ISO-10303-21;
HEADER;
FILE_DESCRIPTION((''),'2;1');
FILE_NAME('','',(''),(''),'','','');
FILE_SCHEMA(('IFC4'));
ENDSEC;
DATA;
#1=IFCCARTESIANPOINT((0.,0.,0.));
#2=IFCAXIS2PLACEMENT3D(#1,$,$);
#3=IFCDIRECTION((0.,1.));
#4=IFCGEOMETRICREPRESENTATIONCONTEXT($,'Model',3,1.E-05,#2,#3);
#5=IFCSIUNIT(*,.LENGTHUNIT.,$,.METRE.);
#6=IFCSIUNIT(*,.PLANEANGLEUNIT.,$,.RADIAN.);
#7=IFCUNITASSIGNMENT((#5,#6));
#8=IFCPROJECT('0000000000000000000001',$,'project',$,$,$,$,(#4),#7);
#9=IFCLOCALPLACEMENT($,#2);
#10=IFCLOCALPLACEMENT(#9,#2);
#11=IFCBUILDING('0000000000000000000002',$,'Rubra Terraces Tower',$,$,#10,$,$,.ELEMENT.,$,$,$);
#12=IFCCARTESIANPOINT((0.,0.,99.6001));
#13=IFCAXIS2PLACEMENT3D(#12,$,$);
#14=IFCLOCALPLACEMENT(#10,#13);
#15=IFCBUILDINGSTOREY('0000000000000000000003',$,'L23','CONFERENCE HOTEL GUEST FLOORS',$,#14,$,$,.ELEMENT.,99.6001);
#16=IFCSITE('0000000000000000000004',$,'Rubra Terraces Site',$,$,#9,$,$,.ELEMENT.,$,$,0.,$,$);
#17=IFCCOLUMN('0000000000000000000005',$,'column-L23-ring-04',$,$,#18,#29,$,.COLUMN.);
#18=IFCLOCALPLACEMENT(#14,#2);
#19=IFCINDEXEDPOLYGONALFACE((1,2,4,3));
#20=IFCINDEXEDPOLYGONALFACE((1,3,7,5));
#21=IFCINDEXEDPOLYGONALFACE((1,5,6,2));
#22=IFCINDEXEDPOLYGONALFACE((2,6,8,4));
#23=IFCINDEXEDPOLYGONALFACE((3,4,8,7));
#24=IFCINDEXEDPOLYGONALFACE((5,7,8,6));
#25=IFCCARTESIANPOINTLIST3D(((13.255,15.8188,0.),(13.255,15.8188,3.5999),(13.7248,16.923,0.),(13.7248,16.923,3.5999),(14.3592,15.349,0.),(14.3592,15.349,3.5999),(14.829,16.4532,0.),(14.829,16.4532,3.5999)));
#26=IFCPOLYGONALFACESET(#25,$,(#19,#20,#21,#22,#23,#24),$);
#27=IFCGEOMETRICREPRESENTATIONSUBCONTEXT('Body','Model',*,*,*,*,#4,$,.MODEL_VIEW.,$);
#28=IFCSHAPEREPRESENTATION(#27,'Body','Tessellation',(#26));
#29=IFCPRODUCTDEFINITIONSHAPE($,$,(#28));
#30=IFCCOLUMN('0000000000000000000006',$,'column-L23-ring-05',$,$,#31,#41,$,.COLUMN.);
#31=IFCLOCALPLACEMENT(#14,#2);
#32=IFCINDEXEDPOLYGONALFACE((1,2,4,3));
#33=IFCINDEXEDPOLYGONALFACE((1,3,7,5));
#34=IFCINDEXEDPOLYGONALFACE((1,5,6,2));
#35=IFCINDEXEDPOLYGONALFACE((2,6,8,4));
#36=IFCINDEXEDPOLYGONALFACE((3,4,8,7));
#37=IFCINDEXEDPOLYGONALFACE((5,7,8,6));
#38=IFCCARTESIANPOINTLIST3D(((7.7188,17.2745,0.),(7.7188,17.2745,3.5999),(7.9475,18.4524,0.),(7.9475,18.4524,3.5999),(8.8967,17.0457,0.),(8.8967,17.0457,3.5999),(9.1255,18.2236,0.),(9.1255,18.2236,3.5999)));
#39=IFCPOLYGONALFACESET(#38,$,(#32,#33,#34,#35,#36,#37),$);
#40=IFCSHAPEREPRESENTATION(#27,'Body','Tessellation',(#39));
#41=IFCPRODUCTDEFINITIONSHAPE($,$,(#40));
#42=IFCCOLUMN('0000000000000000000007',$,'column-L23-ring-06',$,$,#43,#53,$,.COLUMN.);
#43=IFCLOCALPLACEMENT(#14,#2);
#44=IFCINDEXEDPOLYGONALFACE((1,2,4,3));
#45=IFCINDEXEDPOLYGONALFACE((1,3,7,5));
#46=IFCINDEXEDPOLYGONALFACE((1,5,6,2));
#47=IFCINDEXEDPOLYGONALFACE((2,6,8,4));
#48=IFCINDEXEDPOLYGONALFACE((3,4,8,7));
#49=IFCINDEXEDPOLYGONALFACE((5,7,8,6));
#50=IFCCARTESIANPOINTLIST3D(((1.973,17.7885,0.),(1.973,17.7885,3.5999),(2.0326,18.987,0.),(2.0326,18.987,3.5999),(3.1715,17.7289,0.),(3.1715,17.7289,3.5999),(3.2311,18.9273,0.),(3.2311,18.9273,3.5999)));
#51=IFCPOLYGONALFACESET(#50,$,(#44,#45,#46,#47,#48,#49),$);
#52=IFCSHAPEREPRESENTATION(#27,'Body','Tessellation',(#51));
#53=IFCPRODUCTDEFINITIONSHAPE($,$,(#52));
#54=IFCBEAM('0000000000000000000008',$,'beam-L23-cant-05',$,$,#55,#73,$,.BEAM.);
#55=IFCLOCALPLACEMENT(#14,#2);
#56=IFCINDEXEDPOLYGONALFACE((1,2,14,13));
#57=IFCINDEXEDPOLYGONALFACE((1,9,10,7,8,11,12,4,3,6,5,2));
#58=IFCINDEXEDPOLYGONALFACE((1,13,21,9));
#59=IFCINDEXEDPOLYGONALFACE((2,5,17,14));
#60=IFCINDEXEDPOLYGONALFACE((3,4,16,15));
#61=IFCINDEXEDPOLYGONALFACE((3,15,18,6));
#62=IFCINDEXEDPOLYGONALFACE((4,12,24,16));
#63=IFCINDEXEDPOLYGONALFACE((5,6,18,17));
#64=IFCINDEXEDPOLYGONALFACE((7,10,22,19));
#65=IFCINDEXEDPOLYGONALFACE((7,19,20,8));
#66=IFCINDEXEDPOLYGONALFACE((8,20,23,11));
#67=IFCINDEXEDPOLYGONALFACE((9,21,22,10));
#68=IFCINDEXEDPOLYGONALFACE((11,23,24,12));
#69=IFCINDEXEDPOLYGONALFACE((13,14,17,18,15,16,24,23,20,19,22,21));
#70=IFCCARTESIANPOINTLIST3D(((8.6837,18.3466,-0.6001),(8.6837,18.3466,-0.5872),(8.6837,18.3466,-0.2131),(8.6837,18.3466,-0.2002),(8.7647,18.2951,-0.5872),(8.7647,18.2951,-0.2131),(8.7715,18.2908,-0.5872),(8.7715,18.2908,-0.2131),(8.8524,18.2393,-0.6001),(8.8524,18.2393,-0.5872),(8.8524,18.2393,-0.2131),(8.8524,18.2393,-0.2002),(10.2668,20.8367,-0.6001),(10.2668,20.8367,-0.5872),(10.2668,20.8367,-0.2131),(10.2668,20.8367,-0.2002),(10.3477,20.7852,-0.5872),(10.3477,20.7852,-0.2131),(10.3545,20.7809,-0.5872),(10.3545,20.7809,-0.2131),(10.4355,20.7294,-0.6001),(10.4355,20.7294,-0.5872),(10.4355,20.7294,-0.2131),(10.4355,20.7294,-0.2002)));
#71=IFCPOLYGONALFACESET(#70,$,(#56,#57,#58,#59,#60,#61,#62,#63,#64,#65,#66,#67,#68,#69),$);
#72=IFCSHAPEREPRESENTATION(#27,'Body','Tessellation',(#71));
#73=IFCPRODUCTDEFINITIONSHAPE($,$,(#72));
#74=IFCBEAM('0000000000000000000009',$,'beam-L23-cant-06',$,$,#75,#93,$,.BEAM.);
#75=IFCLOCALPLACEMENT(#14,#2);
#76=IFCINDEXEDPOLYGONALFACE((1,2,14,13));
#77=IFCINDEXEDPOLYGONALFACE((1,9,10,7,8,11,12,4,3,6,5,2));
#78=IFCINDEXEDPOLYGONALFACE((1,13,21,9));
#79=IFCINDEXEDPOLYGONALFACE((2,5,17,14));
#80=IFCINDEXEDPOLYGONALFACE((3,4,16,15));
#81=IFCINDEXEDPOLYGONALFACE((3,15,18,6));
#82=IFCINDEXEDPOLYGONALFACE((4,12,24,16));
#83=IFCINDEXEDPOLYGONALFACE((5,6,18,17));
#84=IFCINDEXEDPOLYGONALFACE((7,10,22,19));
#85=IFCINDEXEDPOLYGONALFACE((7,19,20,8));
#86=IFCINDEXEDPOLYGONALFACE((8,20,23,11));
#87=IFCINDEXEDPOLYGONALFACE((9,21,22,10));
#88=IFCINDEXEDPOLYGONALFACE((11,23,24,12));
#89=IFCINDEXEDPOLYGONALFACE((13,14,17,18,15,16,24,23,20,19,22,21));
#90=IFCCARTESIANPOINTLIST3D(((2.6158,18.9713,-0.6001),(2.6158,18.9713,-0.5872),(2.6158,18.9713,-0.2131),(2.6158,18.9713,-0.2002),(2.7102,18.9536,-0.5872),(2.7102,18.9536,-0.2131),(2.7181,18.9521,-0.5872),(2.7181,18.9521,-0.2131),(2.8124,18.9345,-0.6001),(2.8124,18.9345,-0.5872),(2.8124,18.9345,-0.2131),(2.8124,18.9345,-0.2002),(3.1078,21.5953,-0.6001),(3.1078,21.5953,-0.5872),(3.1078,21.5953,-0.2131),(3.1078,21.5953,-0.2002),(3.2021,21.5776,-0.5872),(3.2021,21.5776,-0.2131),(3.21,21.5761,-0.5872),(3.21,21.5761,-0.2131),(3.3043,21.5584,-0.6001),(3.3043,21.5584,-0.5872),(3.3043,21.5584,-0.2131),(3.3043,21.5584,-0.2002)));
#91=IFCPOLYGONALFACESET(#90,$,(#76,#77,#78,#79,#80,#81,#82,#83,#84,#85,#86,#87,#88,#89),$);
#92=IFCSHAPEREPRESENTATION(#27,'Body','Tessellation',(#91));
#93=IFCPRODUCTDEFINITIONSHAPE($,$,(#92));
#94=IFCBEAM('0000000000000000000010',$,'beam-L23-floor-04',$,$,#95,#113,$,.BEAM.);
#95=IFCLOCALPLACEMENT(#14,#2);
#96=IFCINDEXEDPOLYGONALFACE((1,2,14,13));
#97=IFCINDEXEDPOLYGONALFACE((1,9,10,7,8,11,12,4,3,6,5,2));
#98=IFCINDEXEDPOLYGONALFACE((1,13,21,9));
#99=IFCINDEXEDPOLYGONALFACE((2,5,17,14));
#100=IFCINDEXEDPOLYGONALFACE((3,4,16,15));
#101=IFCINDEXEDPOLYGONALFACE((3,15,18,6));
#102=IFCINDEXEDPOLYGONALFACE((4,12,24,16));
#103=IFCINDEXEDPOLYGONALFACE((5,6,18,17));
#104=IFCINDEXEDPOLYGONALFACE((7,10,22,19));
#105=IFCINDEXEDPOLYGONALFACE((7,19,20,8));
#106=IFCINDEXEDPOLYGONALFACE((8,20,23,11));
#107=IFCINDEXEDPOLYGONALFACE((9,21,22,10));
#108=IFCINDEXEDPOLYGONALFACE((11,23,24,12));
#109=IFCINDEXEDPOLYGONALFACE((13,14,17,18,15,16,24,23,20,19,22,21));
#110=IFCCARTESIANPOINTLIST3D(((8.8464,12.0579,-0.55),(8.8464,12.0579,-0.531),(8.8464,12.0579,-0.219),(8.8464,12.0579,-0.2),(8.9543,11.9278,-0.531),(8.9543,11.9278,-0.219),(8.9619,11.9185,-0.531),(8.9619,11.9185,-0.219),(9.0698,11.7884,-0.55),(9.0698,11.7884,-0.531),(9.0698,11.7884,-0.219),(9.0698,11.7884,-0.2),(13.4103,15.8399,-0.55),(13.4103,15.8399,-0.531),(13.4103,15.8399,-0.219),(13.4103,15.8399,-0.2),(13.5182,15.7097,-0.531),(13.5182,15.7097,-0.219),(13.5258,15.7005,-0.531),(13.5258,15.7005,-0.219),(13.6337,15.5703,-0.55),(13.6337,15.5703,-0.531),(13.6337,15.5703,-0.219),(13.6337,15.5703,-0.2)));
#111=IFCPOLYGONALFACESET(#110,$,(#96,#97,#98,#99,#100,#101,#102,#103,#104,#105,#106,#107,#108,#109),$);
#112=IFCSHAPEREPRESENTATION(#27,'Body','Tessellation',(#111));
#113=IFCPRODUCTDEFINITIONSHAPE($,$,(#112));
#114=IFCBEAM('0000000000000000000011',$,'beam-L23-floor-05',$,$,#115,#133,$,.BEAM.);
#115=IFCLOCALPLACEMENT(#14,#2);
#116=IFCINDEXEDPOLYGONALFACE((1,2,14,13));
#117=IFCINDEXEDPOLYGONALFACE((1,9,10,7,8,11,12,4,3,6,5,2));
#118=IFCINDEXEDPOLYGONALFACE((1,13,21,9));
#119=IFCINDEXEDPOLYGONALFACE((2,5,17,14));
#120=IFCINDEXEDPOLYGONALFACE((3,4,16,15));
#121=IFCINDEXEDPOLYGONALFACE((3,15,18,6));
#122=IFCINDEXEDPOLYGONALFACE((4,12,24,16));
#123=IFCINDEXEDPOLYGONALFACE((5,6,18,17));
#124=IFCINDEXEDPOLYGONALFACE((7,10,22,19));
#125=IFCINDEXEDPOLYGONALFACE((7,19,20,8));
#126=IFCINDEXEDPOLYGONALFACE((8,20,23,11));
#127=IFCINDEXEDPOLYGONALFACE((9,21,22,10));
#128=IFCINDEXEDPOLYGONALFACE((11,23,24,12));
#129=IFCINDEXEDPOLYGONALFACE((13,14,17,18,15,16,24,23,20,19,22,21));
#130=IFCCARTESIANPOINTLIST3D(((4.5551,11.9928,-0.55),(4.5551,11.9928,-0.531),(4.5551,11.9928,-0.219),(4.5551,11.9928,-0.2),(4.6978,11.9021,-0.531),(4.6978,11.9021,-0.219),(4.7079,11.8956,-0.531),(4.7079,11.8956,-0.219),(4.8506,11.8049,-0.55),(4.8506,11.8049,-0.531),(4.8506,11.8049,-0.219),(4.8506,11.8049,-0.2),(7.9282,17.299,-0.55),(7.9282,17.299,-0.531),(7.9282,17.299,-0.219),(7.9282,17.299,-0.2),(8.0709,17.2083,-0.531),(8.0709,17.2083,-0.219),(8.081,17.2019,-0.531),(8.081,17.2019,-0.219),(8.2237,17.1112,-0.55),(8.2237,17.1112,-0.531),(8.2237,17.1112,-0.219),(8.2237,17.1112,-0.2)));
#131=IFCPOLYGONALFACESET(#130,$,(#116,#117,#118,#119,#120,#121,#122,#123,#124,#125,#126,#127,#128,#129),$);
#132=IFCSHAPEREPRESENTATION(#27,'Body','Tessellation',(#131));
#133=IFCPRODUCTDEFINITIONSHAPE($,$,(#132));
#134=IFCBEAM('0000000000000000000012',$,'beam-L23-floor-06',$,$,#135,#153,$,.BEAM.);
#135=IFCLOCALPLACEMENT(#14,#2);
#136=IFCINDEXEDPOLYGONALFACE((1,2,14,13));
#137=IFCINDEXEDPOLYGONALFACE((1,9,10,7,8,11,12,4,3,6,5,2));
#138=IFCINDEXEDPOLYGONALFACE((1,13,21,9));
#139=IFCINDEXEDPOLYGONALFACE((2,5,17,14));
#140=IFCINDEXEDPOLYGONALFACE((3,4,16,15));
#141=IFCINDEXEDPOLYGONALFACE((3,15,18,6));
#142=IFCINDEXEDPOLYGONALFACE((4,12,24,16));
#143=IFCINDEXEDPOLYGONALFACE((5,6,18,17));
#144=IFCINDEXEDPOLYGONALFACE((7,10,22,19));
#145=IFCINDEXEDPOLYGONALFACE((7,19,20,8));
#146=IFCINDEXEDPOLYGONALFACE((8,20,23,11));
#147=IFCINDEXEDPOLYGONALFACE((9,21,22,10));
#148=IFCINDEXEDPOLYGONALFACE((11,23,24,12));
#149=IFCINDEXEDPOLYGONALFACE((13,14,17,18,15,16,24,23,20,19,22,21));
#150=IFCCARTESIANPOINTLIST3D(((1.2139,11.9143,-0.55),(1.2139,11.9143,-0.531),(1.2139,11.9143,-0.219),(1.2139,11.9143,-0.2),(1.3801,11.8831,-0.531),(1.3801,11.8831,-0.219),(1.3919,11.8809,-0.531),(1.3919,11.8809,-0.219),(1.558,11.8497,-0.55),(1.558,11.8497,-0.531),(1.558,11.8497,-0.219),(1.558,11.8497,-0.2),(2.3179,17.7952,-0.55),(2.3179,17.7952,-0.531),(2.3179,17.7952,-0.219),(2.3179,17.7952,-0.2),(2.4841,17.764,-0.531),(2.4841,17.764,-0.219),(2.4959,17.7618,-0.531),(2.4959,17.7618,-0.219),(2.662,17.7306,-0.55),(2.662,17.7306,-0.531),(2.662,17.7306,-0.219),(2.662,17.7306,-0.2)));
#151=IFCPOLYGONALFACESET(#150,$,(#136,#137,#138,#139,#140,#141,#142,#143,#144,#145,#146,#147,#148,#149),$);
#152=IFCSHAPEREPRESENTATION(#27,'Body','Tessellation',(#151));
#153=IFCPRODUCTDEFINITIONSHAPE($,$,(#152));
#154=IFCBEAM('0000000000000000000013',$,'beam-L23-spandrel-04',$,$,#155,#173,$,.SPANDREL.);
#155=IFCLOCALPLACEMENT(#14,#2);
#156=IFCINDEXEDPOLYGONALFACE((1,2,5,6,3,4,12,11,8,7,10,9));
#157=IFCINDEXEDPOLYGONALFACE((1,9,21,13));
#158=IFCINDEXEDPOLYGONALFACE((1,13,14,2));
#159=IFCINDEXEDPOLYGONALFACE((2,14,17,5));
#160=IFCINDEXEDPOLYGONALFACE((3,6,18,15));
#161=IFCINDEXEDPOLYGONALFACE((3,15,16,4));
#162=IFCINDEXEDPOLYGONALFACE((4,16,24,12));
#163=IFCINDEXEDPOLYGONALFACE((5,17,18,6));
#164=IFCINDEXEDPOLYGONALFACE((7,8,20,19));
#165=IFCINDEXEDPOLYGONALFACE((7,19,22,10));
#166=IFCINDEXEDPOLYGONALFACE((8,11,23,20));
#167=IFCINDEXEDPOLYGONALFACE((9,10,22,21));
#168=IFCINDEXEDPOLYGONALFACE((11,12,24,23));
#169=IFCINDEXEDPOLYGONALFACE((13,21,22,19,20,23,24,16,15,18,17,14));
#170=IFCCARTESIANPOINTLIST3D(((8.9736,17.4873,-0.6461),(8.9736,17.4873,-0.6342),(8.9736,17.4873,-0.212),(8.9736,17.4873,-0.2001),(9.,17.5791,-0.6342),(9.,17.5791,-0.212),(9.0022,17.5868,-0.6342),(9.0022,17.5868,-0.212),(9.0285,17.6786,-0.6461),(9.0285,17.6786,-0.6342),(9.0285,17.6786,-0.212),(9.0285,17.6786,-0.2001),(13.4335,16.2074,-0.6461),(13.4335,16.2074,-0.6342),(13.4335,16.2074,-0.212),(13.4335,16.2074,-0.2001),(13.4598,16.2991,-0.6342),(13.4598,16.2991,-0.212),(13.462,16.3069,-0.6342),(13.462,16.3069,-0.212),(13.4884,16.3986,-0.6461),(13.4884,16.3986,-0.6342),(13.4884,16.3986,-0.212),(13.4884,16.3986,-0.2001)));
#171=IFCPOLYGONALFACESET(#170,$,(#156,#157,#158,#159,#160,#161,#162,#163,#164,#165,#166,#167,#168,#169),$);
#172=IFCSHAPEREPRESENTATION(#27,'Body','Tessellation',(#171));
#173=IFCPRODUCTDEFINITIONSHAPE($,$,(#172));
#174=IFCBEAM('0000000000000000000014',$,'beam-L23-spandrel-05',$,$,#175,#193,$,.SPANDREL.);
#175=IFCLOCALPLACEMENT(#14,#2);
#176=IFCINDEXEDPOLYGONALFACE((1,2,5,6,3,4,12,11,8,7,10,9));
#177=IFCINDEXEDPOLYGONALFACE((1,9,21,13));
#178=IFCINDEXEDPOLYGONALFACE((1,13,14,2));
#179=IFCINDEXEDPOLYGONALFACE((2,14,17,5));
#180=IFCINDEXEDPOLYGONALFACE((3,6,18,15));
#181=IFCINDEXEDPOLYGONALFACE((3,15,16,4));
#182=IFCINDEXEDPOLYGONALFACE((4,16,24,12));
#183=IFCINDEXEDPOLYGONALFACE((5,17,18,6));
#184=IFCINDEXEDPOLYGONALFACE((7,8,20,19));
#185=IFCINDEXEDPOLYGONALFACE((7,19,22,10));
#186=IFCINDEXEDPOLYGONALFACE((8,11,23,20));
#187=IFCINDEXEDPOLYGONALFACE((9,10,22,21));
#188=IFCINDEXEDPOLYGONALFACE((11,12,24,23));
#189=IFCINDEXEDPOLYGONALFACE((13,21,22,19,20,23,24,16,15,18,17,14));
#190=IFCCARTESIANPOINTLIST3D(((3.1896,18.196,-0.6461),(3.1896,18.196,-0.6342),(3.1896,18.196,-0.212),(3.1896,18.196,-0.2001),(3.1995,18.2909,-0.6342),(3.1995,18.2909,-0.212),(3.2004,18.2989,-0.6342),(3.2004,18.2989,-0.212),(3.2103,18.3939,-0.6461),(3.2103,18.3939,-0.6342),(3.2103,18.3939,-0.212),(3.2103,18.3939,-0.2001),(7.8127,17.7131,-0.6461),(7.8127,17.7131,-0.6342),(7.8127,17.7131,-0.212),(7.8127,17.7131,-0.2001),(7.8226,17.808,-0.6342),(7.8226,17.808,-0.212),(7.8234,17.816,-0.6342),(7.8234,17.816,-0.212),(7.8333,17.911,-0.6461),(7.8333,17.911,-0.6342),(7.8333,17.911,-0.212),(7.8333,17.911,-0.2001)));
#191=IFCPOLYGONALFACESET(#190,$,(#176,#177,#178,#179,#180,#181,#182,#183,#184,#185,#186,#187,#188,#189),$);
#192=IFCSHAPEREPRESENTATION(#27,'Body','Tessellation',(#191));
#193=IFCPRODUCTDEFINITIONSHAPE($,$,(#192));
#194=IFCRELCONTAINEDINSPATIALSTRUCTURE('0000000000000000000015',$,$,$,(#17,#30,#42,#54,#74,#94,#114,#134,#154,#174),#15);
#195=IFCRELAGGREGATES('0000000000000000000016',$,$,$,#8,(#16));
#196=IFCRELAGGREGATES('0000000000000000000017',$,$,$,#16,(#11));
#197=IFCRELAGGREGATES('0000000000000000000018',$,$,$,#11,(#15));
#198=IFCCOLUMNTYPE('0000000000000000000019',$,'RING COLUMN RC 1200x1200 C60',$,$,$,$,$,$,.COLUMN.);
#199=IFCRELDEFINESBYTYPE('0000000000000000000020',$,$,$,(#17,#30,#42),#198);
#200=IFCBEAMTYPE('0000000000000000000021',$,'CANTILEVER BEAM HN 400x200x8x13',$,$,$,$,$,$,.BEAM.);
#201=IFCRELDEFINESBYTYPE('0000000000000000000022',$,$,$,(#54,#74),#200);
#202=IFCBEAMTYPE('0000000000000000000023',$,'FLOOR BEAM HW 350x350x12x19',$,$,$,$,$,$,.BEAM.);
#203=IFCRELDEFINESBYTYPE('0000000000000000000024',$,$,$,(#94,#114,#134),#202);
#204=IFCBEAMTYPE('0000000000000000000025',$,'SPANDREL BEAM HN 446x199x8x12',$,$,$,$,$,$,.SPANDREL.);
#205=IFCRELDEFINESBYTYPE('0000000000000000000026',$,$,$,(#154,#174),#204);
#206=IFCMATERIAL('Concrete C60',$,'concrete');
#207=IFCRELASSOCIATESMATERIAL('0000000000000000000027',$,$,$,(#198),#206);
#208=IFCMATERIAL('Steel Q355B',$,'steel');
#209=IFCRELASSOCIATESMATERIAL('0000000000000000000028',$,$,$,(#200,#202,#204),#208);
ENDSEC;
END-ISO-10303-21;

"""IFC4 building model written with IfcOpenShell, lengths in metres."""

from ifc_helpers import new_model, si_unit, direction, frame, origin, origin_2d, place, context, subcontext, project, spatial, rectangle, i_section, extrude, material, material_profile, profile_set, type_object, element, save


model = new_model("IFC4")

# Units and contexts
model_context = context("Model", 3, precision=1e-05, world=origin(), true_north=direction((0.0, 1.0)))
body_context = subcontext(model_context, "Body", "Model", "MODEL_VIEW")
ifc_project = project(units=[si_unit("LENGTHUNIT", "METRE"), si_unit("PLANEANGLEUNIT", "RADIAN")], contexts=[model_context])

# Site, building, storey
site_placement = place(None, origin())
site = spatial("IfcSite", under=ifc_project, at=site_placement, Name="Rubra Terraces Site", CompositionType="ELEMENT", RefElevation=0.0)
building_placement = place(site_placement, origin())
building = spatial("IfcBuilding", under=site, at=building_placement, Name="Rubra Terraces Tower", CompositionType="ELEMENT")
storey_placement = place(building_placement, frame((0.0, 0.0, 99.6001)))
storey = spatial("IfcBuildingStorey", under=building, at=storey_placement, Name="L23", Description="CONFERENCE HOTEL GUEST FLOORS", CompositionType="ELEMENT", Elevation=99.6001)

# Columns
ifc_material_1 = material(Name="Concrete C60", Category="concrete")
ifc_material_profile_1 = material_profile(ifc_material_1, rectangle(XDim=1.2, YDim=1.2, at=origin_2d()), Name="RC 1200x1200")
ifc_profile_set_1 = profile_set([ifc_material_profile_1], Name="Concrete C60")
column_type = type_object("IfcColumnType", Name="RING COLUMN RC 1200x1200 C60", PredefinedType="COLUMN", material=ifc_profile_set_1)
for number, where, z_axis, x_axis, name in (
    (1, (14.042, 16.136, 0.0), (0.0, 0.0, 1.0), (-0.920168, 0.391524, 0.0), "column-L23-ring-04"),
    (2, (8.4221, 17.749, 0.0), (0.0, 0.0, 1.0), (-0.981655, 0.190668, 0.0), "column-L23-ring-05"),
    (3, (2.6021, 18.3579, 0.0), (0.0, 0.0, 1.0), (-0.998764, 0.049699, 0.0), "column-L23-ring-06"),
):
    element("IfcColumn", number, at=place(storey_placement, frame(where, z_axis=z_axis, x_axis=x_axis)), inside=storey, type_object=column_type, Name=name, PredefinedType="COLUMN", context=body_context, shape_type="SweptSolid", body=[
        extrude(rectangle(XDim=1.2, YDim=1.2, at=origin_2d()), origin(), (0.0, 0.0, 1.0), 3.5999),
    ])

# Beams
ifc_material_2 = material(Name="Steel Q355B", Category="steel")
ifc_material_profile_2 = material_profile(ifc_material_2, i_section(OverallWidth=0.2, OverallDepth=0.3999, WebThickness=0.0081, FlangeThickness=0.0129, at=origin_2d()), Name="HN 400x200x8x13")
ifc_profile_set_2 = profile_set([ifc_material_profile_2], Name="Steel Q355B")
beam_type_1 = type_object("IfcBeamType", Name="CANTILEVER BEAM HN 400x200x8x13", PredefinedType="BEAM", material=ifc_profile_set_2)
beam_1_placement = place(storey_placement, frame((8.7681, 18.293, -0.4001), z_axis=(0.536506, 0.843896, 0.0), x_axis=(-0.843896, 0.536506, 0.0)))
element("IfcBeam", 4, at=beam_1_placement, inside=storey, type_object=beam_type_1, Name="beam-L23-cant-05", PredefinedType="BEAM", context=body_context, shape_type="SweptSolid", body=[
    extrude(i_section(OverallWidth=0.2, OverallDepth=0.3999, WebThickness=0.0081, FlangeThickness=0.0129, at=origin_2d()), origin(), (0.0, 0.0, 1.0), 2.9507),
])
beam_2_placement = place(storey_placement, frame((2.7141, 18.9529, -0.4001), z_axis=(0.184266, 0.982876, 0.0), x_axis=(-0.982876, 0.184266, 0.0)))
element("IfcBeam", 5, at=beam_2_placement, inside=storey, type_object=beam_type_1, Name="beam-L23-cant-06", PredefinedType="BEAM", context=body_context, shape_type="SweptSolid", body=[
    extrude(i_section(OverallWidth=0.2, OverallDepth=0.3999, WebThickness=0.0081, FlangeThickness=0.0129, at=origin_2d()), origin(), (0.0, 0.0, 1.0), 2.6697),
])
ifc_material_profile_3 = material_profile(ifc_material_2, i_section(OverallWidth=0.3501, OverallDepth=0.3501, WebThickness=0.012, FlangeThickness=0.019, at=origin_2d()), Name="HW 350x350x12x19")
ifc_profile_set_3 = profile_set([ifc_material_profile_3], Name="Steel Q355B")
beam_type_2 = type_object("IfcBeamType", Name="FLOOR BEAM HW 350x350x12x19", PredefinedType="BEAM", material=ifc_profile_set_3)
beam_3_placement = place(storey_placement, frame((13.522, 15.7051, -0.375), z_axis=(-0.769987, -0.638059, 0.0), x_axis=(0.638059, -0.769987, 0.0)))
element("IfcBeam", 6, at=beam_3_placement, inside=storey, type_object=beam_type_2, Name="beam-L23-floor-04", PredefinedType="BEAM", context=body_context, shape_type="SweptSolid", body=[
    extrude(i_section(OverallWidth=0.3501, OverallDepth=0.3501, WebThickness=0.012, FlangeThickness=0.019, at=origin_2d()), origin(), (0.0, 0.0, 1.0), 5.9272),
])
beam_4_placement = place(storey_placement, frame((8.0759, 17.2051, -0.375), z_axis=(-0.536468, -0.84392, 0.0), x_axis=(0.84392, -0.536468, 0.0)))
element("IfcBeam", 7, at=beam_4_placement, inside=storey, type_object=beam_type_2, Name="beam-L23-floor-05", PredefinedType="BEAM", context=body_context, shape_type="SweptSolid", body=[
    extrude(i_section(OverallWidth=0.3501, OverallDepth=0.3501, WebThickness=0.012, FlangeThickness=0.019, at=origin_2d()), origin(), (0.0, 0.0, 1.0), 6.2876),
])
beam_5_placement = place(storey_placement, frame((2.49, 17.7629, -0.375), z_axis=(-0.184505, -0.982832, 0.0), x_axis=(0.982832, -0.184505, 0.0)))
element("IfcBeam", 8, at=beam_5_placement, inside=storey, type_object=beam_type_2, Name="beam-L23-floor-06", PredefinedType="BEAM", context=body_context, shape_type="SweptSolid", body=[
    extrude(i_section(OverallWidth=0.3501, OverallDepth=0.3501, WebThickness=0.012, FlangeThickness=0.019, at=origin_2d()), origin(), (0.0, 0.0, 1.0), 5.9836),
])
ifc_material_profile_4 = material_profile(ifc_material_2, i_section(OverallWidth=0.199, OverallDepth=0.446, WebThickness=0.0081, FlangeThickness=0.012, at=origin_2d()), Name="HN 446x199x8x12")
ifc_profile_set_4 = profile_set([ifc_material_profile_4], Name="Steel Q355B")
beam_type_3 = type_object("IfcBeamType", Name="SPANDREL BEAM HN 446x199x8x12", PredefinedType="SPANDREL", material=ifc_profile_set_4)
beam_6_placement = place(storey_placement, frame((13.4609, 16.303, -0.4231), z_axis=(-0.961196, 0.275868, 0.0), x_axis=(-0.275868, -0.961196, 0.0)))
element("IfcBeam", 9, at=beam_6_placement, inside=storey, type_object=beam_type_3, Name="beam-L23-spandrel-04", PredefinedType="SPANDREL", context=body_context, shape_type="SweptSolid", body=[
    extrude(i_section(OverallWidth=0.199, OverallDepth=0.446, WebThickness=0.0081, FlangeThickness=0.012, at=origin_2d()), origin(), (0.0, 0.0, 1.0), 4.6399),
])
beam_7_placement = place(storey_placement, frame((7.823, 17.812, -0.4231), z_axis=(-0.994589, 0.103892, 0.0), x_axis=(-0.103892, -0.994589, 0.0)))
element("IfcBeam", 10, at=beam_7_placement, inside=storey, type_object=beam_type_3, Name="beam-L23-spandrel-05", PredefinedType="SPANDREL", context=body_context, shape_type="SweptSolid", body=[
    extrude(i_section(OverallWidth=0.199, OverallDepth=0.446, WebThickness=0.0081, FlangeThickness=0.012, at=origin_2d()), origin(), (0.0, 0.0, 1.0), 4.6482),
])

save(model, "model.ifc")
